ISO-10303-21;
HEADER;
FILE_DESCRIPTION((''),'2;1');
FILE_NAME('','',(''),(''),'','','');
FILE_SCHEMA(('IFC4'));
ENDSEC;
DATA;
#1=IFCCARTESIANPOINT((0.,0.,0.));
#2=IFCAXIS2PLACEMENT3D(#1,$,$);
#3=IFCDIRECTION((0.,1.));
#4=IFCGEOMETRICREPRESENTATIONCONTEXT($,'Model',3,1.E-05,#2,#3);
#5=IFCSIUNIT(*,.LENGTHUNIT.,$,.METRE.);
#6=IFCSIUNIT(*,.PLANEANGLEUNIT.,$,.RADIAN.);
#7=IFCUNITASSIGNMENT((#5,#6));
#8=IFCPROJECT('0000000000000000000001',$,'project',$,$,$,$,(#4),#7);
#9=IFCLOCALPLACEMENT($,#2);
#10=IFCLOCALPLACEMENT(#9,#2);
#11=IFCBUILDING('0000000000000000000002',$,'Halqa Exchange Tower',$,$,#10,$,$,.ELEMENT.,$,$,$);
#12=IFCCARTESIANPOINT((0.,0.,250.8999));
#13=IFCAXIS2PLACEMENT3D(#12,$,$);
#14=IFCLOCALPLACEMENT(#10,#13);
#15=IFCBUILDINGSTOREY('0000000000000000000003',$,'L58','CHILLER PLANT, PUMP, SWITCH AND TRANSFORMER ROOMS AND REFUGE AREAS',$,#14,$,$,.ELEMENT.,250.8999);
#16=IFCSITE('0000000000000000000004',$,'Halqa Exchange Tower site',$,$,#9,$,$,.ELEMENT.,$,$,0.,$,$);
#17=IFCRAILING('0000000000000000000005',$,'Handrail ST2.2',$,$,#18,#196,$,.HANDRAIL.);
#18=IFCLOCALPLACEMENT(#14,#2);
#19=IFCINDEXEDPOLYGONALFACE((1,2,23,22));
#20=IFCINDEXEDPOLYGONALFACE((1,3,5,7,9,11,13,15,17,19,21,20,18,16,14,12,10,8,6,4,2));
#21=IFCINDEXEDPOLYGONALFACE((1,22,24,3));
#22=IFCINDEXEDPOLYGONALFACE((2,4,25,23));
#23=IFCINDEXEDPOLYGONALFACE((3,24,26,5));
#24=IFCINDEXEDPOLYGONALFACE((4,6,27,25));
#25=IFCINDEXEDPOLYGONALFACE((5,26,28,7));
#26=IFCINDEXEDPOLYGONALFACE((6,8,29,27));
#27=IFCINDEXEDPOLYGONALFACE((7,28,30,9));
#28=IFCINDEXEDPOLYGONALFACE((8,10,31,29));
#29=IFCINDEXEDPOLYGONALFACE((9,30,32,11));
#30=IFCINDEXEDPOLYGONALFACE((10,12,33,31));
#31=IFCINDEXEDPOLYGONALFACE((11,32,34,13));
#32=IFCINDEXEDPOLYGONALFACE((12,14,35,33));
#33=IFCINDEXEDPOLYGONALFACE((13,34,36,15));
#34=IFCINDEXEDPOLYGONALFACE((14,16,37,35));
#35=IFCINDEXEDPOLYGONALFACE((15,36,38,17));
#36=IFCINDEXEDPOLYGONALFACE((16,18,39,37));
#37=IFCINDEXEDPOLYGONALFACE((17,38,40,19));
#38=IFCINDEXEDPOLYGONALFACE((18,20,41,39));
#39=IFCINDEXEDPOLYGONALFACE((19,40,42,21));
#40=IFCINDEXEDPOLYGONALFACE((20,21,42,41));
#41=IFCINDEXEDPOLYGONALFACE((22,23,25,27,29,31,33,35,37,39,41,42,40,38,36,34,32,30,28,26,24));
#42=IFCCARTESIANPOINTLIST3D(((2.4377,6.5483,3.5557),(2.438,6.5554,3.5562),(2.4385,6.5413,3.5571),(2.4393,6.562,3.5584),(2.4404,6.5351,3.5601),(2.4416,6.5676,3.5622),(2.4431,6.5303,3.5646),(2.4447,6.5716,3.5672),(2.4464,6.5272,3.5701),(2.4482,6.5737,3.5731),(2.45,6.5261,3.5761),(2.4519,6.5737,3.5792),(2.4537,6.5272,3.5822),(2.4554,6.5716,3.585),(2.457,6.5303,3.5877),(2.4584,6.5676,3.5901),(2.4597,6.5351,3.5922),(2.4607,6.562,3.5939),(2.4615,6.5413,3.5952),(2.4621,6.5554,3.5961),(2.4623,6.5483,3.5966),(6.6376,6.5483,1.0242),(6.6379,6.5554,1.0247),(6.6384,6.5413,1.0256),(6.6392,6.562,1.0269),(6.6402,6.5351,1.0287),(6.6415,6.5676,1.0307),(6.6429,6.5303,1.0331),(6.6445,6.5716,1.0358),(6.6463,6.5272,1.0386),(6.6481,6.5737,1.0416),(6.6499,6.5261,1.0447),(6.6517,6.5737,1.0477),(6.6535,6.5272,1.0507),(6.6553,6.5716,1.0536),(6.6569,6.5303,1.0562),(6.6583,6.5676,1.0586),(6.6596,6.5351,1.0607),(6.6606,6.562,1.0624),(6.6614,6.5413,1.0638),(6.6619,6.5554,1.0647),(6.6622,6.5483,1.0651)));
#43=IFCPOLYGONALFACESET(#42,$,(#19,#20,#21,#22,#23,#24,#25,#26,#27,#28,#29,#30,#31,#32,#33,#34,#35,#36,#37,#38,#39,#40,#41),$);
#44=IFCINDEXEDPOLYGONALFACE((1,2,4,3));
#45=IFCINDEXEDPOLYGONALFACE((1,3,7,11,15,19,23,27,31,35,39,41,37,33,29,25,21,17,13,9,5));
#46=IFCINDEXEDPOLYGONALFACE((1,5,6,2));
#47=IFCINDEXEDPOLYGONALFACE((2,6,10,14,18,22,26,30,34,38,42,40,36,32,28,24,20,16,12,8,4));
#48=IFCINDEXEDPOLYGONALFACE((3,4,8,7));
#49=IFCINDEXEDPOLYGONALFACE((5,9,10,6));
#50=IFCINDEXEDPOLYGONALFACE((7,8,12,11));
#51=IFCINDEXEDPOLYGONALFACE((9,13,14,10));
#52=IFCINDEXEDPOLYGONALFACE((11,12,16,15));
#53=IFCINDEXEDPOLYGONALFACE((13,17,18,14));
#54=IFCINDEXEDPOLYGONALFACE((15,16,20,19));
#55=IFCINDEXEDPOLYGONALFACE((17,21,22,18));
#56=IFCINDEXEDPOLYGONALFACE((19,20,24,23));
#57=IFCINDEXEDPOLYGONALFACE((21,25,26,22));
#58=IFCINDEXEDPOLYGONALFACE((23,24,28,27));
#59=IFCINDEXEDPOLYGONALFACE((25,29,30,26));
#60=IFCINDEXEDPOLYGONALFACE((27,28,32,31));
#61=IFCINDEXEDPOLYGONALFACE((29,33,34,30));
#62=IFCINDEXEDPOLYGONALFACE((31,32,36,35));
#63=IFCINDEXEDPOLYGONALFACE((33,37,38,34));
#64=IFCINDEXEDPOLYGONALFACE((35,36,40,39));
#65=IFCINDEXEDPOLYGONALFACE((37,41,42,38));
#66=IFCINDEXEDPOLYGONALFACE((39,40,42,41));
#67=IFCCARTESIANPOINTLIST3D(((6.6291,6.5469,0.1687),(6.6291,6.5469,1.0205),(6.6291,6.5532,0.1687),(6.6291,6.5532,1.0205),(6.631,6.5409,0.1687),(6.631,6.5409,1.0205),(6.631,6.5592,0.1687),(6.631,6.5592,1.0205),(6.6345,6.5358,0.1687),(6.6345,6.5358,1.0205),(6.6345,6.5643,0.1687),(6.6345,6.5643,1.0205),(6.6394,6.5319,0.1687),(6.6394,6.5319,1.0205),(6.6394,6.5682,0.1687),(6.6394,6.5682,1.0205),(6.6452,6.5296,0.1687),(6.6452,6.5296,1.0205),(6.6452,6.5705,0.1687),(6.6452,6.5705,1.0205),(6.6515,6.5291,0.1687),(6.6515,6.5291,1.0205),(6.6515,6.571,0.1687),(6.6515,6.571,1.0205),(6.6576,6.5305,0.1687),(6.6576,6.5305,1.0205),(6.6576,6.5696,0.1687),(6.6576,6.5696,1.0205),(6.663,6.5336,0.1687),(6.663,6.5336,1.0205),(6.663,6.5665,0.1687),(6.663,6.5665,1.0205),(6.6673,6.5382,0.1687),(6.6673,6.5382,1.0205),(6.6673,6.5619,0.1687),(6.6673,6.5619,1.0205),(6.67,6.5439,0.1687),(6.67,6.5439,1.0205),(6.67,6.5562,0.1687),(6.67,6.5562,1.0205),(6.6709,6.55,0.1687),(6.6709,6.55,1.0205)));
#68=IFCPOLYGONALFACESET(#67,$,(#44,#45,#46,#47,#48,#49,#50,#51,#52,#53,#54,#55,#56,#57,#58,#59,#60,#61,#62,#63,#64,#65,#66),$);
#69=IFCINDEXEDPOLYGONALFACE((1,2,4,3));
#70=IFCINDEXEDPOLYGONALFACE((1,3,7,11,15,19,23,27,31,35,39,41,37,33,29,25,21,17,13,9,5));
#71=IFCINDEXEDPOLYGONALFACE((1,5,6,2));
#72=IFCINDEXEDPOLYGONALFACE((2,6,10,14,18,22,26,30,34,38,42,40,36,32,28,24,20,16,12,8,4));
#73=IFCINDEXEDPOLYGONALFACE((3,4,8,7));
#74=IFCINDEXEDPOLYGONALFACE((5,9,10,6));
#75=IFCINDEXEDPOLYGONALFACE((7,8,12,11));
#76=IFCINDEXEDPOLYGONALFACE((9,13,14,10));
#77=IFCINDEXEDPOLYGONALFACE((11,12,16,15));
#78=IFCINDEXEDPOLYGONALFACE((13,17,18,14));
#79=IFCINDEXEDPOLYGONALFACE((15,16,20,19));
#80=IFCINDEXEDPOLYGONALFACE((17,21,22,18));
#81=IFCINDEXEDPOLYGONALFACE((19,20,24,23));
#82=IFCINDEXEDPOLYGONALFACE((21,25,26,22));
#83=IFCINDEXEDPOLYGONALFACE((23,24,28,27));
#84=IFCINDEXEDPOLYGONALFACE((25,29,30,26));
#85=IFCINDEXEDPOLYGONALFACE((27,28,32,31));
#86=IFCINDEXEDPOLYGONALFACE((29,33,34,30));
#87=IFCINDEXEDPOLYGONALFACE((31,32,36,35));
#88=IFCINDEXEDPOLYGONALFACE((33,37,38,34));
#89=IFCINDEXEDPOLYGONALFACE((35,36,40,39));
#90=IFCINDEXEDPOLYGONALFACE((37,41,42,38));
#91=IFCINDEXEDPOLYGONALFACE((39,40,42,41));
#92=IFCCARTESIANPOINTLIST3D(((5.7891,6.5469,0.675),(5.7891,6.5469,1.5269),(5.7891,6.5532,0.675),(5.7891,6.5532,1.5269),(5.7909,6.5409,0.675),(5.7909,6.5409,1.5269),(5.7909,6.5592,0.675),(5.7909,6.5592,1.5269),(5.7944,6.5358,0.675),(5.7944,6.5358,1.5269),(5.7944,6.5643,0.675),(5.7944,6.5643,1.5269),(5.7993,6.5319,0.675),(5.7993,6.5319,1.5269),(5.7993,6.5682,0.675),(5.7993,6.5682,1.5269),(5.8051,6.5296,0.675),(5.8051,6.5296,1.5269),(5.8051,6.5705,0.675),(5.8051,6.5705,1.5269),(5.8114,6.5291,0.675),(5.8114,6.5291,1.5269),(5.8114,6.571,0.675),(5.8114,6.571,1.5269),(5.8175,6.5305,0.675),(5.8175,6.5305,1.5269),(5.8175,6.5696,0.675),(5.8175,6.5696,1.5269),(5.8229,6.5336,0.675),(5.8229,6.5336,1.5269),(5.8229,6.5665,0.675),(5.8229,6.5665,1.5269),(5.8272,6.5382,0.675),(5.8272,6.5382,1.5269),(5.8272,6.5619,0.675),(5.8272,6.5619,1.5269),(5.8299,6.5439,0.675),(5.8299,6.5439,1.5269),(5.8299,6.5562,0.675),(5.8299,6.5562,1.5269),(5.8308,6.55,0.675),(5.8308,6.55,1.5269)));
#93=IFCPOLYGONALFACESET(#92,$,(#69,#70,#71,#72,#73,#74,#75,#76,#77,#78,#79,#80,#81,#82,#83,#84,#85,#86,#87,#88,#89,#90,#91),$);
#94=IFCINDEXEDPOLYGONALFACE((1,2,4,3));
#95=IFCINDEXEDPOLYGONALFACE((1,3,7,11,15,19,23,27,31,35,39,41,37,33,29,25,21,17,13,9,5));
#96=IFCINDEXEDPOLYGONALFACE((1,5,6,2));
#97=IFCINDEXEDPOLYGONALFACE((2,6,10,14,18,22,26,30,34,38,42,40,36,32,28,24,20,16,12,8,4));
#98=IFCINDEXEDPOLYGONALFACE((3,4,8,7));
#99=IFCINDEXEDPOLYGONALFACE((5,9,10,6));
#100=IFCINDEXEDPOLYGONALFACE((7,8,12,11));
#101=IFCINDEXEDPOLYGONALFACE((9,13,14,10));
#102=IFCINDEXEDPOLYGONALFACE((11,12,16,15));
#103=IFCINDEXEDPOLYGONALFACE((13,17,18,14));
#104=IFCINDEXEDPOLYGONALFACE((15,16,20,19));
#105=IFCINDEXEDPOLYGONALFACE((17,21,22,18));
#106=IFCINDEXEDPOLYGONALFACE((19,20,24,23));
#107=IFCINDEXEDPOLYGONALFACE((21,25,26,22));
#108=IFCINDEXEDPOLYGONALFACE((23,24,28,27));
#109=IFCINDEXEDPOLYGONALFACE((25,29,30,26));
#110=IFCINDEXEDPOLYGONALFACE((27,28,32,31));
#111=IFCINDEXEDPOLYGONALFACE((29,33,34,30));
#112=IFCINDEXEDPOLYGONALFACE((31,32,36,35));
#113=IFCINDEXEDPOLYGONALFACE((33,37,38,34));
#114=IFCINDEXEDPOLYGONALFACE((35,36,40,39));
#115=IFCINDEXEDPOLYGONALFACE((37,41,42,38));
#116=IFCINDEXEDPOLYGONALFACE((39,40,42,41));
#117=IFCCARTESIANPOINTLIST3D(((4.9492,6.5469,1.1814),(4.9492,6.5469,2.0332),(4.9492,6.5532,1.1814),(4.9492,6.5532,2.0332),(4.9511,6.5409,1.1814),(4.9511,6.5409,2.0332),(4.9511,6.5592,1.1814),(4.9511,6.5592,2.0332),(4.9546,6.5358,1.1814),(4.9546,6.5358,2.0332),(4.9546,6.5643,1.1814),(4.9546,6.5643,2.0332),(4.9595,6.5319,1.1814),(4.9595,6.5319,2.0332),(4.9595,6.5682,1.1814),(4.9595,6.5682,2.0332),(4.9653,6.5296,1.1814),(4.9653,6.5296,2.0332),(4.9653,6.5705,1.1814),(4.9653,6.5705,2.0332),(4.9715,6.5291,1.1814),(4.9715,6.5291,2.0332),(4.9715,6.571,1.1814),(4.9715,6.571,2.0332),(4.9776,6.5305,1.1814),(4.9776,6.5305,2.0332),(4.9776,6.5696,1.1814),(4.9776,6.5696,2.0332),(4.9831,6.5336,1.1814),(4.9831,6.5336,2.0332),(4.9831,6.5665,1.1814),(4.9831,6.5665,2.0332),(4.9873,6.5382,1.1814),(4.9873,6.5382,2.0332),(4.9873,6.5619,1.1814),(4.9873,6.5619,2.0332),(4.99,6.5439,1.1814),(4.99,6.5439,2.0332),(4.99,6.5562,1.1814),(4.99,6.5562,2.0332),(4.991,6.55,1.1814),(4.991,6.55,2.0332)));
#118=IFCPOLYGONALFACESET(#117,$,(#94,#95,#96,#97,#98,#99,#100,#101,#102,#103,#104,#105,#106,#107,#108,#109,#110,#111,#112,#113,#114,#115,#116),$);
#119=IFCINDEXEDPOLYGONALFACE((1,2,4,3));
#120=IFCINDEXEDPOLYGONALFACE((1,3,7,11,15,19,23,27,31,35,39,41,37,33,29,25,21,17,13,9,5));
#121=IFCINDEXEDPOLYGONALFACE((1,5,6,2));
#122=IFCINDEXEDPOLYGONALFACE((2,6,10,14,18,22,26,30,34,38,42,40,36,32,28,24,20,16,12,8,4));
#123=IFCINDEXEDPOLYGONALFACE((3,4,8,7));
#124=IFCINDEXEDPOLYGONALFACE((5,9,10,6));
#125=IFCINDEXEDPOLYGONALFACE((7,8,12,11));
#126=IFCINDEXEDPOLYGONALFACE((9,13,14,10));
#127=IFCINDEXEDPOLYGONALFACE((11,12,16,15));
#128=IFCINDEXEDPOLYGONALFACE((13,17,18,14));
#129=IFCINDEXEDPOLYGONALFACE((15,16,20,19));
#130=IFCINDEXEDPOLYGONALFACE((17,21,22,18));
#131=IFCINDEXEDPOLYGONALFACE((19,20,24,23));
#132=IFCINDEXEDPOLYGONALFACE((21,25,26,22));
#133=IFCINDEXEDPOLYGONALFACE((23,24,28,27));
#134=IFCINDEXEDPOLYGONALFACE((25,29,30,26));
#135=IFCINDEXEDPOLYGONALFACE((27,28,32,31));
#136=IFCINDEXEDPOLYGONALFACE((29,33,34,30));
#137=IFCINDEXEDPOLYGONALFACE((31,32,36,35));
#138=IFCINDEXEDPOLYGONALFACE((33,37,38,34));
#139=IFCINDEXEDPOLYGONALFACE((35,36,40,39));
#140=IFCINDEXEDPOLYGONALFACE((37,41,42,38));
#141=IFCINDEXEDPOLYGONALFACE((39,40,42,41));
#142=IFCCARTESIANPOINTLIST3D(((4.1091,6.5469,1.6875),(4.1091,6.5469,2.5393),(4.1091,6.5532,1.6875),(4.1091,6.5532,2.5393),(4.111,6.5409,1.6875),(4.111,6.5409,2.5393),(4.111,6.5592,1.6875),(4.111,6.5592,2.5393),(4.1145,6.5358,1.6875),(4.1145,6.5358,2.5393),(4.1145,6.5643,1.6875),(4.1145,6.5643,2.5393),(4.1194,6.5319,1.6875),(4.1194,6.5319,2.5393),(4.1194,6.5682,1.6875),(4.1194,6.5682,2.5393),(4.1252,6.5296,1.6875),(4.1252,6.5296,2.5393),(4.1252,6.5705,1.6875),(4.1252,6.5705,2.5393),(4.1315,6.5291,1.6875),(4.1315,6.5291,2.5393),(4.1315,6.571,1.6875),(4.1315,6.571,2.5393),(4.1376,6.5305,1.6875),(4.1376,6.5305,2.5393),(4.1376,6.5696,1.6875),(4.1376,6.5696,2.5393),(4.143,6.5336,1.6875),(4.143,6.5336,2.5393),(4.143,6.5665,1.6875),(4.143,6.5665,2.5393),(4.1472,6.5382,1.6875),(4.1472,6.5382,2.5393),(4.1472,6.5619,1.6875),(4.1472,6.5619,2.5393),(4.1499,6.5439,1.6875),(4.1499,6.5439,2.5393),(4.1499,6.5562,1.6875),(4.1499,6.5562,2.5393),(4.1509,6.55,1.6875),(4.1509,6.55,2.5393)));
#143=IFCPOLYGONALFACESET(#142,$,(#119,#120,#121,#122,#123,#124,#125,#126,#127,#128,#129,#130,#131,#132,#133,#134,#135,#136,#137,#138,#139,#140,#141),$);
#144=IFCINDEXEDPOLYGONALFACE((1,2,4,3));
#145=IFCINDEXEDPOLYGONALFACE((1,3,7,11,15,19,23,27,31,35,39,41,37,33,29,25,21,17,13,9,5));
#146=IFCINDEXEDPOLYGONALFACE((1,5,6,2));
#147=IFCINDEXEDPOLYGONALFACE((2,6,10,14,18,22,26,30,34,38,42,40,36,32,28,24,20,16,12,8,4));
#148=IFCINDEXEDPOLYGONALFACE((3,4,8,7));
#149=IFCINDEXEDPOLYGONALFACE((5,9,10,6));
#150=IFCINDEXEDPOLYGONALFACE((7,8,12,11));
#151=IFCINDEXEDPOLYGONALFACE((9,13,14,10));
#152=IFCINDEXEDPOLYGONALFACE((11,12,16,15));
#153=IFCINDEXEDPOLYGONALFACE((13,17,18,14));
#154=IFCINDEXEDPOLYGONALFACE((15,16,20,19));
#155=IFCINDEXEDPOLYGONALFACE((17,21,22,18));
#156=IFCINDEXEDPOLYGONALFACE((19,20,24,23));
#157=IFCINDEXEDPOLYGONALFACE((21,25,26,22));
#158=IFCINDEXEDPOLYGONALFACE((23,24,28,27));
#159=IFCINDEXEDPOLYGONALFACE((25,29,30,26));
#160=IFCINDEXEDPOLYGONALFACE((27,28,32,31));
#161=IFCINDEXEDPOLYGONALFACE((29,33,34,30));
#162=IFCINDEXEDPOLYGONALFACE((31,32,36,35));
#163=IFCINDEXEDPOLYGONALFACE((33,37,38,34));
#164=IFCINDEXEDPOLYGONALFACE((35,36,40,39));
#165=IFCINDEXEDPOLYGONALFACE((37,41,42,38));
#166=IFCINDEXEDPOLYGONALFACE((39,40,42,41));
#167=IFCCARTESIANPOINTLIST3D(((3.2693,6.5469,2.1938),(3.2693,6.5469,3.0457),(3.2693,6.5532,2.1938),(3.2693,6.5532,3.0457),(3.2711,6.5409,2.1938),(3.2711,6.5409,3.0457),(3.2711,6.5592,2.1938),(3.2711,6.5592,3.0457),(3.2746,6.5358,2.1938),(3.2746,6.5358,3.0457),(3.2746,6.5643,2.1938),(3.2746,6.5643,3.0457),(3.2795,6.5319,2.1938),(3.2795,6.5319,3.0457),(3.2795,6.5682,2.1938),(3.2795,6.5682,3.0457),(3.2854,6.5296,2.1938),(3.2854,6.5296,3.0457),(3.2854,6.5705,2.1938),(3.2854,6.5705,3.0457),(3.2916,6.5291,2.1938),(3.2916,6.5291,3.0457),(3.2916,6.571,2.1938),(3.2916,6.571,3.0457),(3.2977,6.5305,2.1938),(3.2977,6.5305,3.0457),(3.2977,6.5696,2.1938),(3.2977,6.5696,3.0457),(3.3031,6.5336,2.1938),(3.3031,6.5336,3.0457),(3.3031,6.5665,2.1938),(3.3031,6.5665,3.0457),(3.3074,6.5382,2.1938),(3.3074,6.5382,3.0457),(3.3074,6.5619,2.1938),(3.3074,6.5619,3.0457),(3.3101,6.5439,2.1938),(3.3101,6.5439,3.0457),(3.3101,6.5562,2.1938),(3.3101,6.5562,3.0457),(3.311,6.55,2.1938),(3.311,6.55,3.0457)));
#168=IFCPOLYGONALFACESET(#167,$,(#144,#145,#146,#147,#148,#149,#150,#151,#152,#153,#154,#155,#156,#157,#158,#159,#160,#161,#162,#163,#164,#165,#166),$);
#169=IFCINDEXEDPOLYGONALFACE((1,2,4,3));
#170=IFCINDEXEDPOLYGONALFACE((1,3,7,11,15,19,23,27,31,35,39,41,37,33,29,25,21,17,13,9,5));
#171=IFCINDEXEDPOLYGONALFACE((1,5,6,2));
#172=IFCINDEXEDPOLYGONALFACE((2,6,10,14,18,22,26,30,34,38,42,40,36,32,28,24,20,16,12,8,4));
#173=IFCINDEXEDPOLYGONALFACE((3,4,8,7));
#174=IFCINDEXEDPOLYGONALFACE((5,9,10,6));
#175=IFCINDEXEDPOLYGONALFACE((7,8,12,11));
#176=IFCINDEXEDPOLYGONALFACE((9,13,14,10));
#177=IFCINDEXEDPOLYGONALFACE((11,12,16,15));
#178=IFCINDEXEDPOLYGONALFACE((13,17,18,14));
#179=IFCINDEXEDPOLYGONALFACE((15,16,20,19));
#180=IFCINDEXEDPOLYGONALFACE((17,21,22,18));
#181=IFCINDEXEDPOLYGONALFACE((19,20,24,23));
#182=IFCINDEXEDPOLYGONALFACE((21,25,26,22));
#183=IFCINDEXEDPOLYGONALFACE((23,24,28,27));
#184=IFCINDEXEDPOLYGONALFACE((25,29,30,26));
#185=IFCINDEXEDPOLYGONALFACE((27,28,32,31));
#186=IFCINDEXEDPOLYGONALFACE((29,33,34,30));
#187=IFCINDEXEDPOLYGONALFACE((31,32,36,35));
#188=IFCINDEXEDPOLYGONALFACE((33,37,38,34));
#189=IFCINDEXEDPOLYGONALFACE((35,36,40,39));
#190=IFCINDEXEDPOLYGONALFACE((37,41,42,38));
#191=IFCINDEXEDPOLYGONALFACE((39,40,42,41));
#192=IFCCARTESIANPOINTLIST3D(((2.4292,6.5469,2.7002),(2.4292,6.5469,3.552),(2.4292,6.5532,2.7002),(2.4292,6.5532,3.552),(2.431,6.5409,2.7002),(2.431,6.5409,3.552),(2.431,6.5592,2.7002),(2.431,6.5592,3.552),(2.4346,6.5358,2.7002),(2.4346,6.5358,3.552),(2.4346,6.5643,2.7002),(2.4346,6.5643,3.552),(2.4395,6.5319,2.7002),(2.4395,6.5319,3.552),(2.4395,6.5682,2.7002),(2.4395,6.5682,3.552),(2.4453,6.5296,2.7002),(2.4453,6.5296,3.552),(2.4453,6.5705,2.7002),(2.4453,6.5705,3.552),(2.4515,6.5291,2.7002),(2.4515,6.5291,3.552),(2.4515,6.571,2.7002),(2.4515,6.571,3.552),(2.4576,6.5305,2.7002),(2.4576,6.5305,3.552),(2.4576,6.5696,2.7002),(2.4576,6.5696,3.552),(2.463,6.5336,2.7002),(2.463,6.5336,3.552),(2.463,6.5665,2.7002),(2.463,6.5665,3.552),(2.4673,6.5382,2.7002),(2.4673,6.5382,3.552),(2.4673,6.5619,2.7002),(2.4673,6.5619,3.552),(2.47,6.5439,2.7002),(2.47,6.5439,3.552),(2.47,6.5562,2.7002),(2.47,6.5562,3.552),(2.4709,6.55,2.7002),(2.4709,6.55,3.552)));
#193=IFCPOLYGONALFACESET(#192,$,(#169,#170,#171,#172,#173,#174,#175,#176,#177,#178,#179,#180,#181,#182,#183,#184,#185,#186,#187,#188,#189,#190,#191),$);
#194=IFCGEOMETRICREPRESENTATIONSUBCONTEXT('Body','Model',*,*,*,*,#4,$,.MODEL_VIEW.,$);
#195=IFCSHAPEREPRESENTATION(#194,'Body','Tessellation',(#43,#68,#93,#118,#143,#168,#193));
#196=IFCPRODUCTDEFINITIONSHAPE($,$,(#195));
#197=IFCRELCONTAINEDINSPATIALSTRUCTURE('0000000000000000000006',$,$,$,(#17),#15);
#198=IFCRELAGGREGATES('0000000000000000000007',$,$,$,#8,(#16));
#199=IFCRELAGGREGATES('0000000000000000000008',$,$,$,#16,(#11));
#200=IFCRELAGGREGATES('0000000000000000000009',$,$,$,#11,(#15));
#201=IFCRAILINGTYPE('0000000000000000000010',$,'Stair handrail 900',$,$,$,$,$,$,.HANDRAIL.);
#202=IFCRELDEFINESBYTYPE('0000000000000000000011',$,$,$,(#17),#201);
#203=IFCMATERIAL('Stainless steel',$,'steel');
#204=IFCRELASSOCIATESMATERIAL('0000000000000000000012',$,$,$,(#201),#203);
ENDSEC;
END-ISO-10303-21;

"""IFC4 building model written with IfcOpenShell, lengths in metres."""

from ifc_helpers import new_model, si_unit, direction, frame, origin, origin_2d, place, context, subcontext, project, spatial, circle, extrude, material, type_object, element, save


model = new_model("IFC4")

# Units and contexts
model_context = context("Model", 3, precision=1e-05, world=origin(), true_north=direction((0.0, 1.0)))
body_context = subcontext(model_context, "Body", "Model", "MODEL_VIEW")
ifc_project = project(units=[si_unit("LENGTHUNIT", "METRE"), si_unit("PLANEANGLEUNIT", "RADIAN")], contexts=[model_context])

# Site, building, storey
site_placement = place(None, origin())
site = spatial("IfcSite", under=ifc_project, at=site_placement, Name="Halqa Exchange Tower site", CompositionType="ELEMENT", RefElevation=0.0)
building_placement = place(site_placement, origin())
building = spatial("IfcBuilding", under=site, at=building_placement, Name="Halqa Exchange Tower", CompositionType="ELEMENT")
storey_placement = place(building_placement, frame((0.0, 0.0, 250.8999)))
storey = spatial("IfcBuildingStorey", under=building, at=storey_placement, Name="L58", Description="CHILLER PLANT, PUMP, SWITCH AND TRANSFORMER ROOMS AND REFUGE AREAS", CompositionType="ELEMENT", Elevation=250.8999)

# Railing
ifc_material_1 = material(Name="Stainless steel", Category="steel")
railing_type_1 = type_object("IfcRailingType", Name="Stair handrail 900", PredefinedType="HANDRAIL", material=ifc_material_1)
railing_1_placement = place(storey_placement, frame((6.6499, 6.55, 0.1687)))
element("IfcRailing", 1, at=railing_1_placement, inside=storey, type_object=railing_type_1, Name="Handrail ST2.2", PredefinedType="HANDRAIL", context=body_context, shape_type="SweptSolid", body=[
    extrude(circle(Radius=0.0239, at=origin_2d()), frame((0.0, 0.0, 0.876), z_axis=(-0.856454, 0.0, 0.516223), x_axis=(0.0, -1.0, 0.0)), (0.0, 0.0, 1.0), 4.9038),
    extrude(circle(Radius=0.021, at=origin_2d()), origin(), (0.0, 0.0, 1.0), 0.8518),
    extrude(circle(Radius=0.021, at=origin_2d()), frame((-0.8401, 0.0, 0.5063)), (0.0, 0.0, 1.0), 0.8518),
    extrude(circle(Radius=0.021, at=origin_2d()), frame((-1.6799, 0.0, 1.0127)), (0.0, 0.0, 1.0), 0.8518),
    extrude(circle(Radius=0.021, at=origin_2d()), frame((-2.52, 0.0, 1.5188)), (0.0, 0.0, 1.0), 0.8518),
    extrude(circle(Radius=0.021, at=origin_2d()), frame((-3.3599, 0.0, 2.0251)), (0.0, 0.0, 1.0), 0.8518),
    extrude(circle(Radius=0.021, at=origin_2d()), frame((-4.2, 0.0, 2.5315)), (0.0, 0.0, 1.0), 0.8518),
])

save(model, "model.ifc")
